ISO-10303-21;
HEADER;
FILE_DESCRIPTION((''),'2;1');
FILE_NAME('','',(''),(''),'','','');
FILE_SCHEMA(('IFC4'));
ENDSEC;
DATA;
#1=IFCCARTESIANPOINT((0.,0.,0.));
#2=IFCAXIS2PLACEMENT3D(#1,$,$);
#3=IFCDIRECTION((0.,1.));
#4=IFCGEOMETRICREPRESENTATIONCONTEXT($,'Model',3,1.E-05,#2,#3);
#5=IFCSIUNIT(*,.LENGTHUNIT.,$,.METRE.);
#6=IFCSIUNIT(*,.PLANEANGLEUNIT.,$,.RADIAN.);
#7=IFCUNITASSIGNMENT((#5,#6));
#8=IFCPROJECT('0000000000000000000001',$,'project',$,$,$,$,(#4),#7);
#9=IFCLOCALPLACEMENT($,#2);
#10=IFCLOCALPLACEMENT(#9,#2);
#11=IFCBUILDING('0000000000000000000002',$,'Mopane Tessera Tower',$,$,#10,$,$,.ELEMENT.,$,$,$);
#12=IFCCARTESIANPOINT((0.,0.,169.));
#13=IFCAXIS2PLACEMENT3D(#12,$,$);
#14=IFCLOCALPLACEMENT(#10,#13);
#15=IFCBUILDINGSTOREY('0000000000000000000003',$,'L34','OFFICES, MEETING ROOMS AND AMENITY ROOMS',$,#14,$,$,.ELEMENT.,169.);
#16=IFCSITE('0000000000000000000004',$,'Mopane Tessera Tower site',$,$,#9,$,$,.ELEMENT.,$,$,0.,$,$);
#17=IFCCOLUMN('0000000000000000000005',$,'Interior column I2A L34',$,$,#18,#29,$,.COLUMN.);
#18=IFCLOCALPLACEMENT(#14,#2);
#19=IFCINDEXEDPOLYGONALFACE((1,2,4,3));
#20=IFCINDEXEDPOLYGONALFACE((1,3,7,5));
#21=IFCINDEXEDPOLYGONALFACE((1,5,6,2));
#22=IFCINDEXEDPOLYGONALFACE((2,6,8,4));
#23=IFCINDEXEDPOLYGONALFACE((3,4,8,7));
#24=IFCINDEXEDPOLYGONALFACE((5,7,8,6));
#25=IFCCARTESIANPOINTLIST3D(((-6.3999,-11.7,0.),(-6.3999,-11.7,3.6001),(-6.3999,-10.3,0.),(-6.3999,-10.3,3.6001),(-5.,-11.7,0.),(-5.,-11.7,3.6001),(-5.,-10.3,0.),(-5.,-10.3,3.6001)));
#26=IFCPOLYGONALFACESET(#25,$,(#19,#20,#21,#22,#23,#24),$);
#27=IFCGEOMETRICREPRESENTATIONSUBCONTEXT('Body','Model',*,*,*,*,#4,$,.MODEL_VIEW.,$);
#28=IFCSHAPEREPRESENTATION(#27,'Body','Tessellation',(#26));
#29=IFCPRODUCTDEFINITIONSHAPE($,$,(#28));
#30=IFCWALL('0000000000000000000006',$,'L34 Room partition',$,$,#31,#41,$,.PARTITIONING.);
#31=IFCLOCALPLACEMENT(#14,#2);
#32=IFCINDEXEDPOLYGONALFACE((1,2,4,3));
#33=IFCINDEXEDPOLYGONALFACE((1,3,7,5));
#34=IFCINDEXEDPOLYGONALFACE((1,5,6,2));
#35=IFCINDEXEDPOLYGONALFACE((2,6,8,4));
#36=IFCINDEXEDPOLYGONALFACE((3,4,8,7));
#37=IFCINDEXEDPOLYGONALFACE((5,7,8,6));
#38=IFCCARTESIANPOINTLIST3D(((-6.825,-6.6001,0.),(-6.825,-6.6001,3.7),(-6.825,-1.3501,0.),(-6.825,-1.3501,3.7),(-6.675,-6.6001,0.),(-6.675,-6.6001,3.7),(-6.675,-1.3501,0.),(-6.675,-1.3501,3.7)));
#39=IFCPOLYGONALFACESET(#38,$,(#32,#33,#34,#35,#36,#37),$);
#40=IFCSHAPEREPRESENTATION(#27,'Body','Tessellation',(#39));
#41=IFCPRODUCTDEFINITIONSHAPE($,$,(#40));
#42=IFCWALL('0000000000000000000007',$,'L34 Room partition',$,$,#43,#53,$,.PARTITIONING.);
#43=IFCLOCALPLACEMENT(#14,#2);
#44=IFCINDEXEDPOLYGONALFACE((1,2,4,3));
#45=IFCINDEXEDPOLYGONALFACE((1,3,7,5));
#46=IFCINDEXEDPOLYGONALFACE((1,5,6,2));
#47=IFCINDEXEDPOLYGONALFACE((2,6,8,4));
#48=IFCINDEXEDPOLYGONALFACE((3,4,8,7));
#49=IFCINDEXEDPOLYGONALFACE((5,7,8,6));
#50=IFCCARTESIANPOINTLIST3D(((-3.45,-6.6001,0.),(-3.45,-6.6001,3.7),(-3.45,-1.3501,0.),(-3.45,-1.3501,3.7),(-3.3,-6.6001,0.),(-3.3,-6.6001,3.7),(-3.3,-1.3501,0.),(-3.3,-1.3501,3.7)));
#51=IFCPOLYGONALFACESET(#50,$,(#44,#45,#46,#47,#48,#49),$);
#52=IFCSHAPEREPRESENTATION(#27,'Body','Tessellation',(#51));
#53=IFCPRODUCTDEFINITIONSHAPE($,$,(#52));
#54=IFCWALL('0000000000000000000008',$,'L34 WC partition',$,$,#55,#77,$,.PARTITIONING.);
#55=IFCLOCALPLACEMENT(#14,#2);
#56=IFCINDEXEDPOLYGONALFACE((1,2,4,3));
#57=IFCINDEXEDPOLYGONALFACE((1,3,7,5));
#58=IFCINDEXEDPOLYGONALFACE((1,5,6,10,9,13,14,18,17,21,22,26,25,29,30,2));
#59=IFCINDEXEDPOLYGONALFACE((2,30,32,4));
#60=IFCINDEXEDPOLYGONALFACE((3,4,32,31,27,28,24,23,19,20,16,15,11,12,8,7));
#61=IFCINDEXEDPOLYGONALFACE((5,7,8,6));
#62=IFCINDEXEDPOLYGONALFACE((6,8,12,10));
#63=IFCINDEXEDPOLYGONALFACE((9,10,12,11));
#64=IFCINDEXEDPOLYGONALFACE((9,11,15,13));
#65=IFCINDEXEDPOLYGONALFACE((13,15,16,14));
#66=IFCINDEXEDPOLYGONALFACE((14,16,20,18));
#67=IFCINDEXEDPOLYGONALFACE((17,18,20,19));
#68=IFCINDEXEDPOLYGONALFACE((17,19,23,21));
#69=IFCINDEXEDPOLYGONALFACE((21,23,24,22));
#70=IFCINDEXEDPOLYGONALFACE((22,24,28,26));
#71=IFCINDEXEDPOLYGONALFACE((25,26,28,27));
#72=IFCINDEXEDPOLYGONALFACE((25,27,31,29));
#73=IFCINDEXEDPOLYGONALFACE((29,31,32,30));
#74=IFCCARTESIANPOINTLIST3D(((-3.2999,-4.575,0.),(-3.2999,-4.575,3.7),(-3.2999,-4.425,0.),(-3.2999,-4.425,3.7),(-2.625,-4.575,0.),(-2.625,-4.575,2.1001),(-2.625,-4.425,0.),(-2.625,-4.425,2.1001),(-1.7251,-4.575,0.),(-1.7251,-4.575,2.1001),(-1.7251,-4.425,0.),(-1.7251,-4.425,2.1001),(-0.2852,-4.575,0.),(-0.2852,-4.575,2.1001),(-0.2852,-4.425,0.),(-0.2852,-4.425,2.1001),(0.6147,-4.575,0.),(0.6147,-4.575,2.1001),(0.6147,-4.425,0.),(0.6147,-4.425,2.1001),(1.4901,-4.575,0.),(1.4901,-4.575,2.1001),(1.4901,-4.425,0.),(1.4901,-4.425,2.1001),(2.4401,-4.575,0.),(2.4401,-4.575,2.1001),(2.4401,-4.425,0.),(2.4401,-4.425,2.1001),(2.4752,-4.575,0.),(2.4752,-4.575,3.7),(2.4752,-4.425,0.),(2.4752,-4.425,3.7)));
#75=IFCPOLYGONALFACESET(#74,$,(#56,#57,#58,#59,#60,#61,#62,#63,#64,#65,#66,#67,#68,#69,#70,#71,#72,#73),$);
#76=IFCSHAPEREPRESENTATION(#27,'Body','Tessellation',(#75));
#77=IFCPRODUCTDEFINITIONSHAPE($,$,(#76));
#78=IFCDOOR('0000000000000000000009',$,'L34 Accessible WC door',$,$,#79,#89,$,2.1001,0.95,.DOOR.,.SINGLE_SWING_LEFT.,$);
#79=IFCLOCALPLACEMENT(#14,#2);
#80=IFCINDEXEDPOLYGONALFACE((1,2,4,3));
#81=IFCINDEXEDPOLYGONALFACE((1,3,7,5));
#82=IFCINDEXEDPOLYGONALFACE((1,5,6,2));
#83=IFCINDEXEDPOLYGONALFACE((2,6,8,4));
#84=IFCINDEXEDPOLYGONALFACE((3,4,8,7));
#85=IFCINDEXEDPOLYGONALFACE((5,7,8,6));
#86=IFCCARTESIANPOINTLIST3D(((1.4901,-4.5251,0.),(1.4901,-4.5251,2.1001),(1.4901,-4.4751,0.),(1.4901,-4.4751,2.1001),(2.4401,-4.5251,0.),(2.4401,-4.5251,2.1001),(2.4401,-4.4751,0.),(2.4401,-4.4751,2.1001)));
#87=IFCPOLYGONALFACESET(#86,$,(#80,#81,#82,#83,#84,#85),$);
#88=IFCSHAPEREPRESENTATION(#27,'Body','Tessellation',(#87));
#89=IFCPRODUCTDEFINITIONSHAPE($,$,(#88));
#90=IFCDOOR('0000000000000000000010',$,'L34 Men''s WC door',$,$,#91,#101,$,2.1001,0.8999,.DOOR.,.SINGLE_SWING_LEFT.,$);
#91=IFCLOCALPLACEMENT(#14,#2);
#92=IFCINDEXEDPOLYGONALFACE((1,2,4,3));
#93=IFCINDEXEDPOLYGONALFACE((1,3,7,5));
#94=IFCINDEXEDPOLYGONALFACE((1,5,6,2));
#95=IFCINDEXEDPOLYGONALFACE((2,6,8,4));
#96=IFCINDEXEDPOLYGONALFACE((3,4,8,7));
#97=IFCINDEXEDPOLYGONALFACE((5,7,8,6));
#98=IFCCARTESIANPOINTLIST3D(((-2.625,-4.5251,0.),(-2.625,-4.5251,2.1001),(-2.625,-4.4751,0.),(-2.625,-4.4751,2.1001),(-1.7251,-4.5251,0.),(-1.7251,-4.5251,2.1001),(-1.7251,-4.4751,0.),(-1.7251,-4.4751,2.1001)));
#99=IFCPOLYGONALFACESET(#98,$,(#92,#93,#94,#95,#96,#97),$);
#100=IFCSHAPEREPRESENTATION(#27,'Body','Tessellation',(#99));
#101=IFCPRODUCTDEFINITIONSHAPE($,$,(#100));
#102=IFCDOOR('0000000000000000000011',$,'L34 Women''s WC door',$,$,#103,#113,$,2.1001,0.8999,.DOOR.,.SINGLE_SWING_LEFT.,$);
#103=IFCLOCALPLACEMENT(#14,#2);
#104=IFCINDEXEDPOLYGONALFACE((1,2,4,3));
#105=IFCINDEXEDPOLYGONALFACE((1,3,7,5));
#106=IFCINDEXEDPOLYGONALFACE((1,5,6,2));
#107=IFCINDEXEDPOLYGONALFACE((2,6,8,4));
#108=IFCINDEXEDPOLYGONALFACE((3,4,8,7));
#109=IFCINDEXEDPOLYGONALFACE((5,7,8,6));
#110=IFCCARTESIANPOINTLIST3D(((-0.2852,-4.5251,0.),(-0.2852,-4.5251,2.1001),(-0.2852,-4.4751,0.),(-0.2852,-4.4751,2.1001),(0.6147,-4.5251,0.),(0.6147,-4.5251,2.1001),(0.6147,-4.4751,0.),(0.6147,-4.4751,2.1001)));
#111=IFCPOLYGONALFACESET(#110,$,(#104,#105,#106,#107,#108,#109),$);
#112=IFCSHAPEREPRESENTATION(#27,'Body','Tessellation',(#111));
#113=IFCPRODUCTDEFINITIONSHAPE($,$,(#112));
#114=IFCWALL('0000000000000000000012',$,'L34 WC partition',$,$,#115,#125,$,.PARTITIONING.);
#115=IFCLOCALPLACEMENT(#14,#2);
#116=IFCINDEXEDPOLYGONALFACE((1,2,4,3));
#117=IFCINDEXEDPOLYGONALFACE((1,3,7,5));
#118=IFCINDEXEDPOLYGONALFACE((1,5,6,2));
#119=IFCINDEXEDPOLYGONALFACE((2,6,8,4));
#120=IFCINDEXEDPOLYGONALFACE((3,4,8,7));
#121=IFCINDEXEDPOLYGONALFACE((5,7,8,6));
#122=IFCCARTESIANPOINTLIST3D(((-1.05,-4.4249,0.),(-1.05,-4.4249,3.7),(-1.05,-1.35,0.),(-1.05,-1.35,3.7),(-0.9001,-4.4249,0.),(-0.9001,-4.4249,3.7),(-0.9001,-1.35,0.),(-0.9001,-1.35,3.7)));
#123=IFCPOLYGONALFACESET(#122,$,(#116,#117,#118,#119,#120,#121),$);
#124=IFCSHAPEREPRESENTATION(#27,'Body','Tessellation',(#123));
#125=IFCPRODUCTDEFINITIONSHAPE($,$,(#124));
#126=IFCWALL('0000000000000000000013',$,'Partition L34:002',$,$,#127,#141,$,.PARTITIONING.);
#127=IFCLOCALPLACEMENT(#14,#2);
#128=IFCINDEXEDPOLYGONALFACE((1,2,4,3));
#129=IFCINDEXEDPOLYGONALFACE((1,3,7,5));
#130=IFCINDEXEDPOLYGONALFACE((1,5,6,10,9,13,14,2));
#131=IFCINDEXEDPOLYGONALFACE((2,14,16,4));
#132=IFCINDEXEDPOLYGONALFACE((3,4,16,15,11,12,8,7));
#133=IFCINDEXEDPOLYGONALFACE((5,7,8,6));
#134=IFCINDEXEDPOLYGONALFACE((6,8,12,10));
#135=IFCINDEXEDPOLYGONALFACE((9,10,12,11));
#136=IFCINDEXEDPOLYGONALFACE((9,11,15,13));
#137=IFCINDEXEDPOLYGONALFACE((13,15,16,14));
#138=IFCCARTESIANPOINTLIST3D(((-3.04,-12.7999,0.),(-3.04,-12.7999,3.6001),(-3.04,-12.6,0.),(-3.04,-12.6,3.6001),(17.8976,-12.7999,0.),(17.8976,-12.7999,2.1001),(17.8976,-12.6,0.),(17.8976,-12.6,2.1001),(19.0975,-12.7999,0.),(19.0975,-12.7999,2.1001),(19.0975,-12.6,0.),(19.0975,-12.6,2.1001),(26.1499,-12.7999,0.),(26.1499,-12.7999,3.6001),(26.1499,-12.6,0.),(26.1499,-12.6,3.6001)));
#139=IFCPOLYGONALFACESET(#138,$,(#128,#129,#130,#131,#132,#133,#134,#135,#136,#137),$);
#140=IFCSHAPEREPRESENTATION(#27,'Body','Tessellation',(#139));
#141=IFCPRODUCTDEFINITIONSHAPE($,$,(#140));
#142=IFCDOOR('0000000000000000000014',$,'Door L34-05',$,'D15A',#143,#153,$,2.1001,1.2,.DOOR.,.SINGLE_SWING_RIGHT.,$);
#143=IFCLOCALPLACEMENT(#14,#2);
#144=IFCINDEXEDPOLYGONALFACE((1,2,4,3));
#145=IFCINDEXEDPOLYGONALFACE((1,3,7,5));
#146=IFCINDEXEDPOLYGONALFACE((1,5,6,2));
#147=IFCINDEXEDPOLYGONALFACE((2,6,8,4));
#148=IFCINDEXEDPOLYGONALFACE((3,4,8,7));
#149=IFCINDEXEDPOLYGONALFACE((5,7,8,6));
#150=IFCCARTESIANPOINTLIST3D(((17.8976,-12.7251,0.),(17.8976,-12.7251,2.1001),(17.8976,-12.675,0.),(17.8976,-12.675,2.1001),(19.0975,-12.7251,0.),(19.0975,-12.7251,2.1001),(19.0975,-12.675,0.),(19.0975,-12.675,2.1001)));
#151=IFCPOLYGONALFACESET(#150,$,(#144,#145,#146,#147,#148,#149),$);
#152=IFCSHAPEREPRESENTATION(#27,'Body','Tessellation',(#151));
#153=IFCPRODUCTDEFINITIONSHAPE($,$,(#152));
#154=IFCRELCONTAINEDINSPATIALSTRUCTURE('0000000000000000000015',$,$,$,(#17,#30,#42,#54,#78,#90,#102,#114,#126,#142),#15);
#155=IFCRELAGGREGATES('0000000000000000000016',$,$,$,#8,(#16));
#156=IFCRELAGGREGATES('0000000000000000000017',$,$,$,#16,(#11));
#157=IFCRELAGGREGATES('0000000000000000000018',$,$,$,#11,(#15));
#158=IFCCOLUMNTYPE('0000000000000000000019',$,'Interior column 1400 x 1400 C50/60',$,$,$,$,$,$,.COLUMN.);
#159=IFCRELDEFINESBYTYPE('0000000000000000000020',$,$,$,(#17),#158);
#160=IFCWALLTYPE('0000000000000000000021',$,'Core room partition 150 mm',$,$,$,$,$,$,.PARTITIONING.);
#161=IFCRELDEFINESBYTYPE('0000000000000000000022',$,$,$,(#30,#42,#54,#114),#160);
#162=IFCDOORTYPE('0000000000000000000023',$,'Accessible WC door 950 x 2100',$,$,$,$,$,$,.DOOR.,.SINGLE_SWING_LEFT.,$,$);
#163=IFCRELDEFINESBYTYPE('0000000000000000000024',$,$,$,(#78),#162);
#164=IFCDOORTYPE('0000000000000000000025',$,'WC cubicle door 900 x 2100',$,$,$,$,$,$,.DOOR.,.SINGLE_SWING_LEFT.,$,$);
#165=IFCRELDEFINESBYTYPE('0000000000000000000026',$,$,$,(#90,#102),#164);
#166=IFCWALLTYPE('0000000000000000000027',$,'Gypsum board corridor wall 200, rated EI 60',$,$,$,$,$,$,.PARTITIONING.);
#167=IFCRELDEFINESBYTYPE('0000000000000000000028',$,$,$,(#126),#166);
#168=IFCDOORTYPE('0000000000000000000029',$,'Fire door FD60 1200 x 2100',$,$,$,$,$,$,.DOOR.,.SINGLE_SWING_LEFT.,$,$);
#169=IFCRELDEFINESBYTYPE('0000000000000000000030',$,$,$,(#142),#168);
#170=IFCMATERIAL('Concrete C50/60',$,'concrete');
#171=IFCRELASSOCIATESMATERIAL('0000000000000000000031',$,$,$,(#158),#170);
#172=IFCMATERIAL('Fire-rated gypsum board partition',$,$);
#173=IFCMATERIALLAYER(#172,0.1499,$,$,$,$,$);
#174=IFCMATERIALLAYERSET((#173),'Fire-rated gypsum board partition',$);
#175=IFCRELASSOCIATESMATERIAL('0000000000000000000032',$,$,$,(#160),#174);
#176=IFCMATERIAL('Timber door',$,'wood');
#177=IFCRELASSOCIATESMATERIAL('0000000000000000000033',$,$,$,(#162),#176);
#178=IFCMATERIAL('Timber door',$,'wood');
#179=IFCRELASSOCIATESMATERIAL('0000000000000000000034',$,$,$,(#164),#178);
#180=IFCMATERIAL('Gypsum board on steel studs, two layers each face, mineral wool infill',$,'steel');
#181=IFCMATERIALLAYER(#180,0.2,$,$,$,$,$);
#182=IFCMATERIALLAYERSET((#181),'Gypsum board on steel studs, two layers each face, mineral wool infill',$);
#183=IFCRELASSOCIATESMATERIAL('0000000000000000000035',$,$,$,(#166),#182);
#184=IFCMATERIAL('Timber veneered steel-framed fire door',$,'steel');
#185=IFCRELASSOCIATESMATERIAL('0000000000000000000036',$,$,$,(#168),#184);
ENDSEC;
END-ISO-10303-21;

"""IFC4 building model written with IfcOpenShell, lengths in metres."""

from ifc_helpers import new_model, si_unit, direction, frame, frame_2d, origin, origin_2d, place, context, subcontext, project, spatial, rectangle, extrude, material, layer, layer_set, material_profile, profile_set, type_object, element, fill, save


model = new_model("IFC4")

# Units and contexts
model_context = context("Model", 3, precision=1e-05, world=origin(), true_north=direction((0.0, 1.0)))
body_context = subcontext(model_context, "Body", "Model", "MODEL_VIEW")
ifc_project = project(units=[si_unit("LENGTHUNIT", "METRE"), si_unit("PLANEANGLEUNIT", "RADIAN")], contexts=[model_context])

# Site, building, storey
site_placement = place(None, origin())
site = spatial("IfcSite", under=ifc_project, at=site_placement, Name="Mopane Tessera Tower site", CompositionType="ELEMENT", RefElevation=0.0)
building_placement = place(site_placement, origin())
building = spatial("IfcBuilding", under=site, at=building_placement, Name="Mopane Tessera Tower", CompositionType="ELEMENT")
storey_placement = place(building_placement, frame((0.0, 0.0, 169.0)))
storey = spatial("IfcBuildingStorey", under=building, at=storey_placement, Name="L34", Description="OFFICES, MEETING ROOMS AND AMENITY ROOMS", CompositionType="ELEMENT", Elevation=169.0)

# Column
ifc_material_1 = material(Name="Concrete C50/60", Category="concrete")
ifc_material_profile = material_profile(ifc_material_1, rectangle(XDim=1.3999, YDim=1.3999, at=origin_2d()))
ifc_profile_set = profile_set([ifc_material_profile], Name="Concrete C50/60")
column_type = type_object("IfcColumnType", Name="Interior column 1400 x 1400 C50/60", PredefinedType="COLUMN", material=ifc_profile_set)
column_placement = place(storey_placement, frame((-5.7, -11.0, 0.0), z_axis=(0.0, 0.0, 1.0), x_axis=(1.0, 0.0, 0.0)))
element("IfcColumn", 1, at=column_placement, inside=storey, type_object=column_type, Name="Interior column I2A L34", PredefinedType="COLUMN", context=body_context, shape_type="SweptSolid", body=[
    extrude(rectangle(XDim=1.3999, YDim=1.3999, at=origin_2d()), origin(), (0.0, 0.0, 1.0), 3.6001),
])

# Walls
ifc_material_2 = material(Name="Fire-rated gypsum board partition")
ifc_layer_1 = layer(ifc_material_2, 0.1499)
ifc_layer_set_1 = layer_set([ifc_layer_1], Name="Fire-rated gypsum board partition")
wall_type_1 = type_object("IfcWallType", Name="Core room partition 150 mm", PredefinedType="PARTITIONING", material=ifc_layer_set_1)
for number, where, z_axis, x_axis, name in (
    (2, (-6.75, -6.6001, 0.0), (0.0, 0.0, 1.0), (0.0, 1.0, 0.0), "L34 Room partition"),
    (3, (-3.375, -6.6001, 0.0), (0.0, 0.0, 1.0), (0.0, 1.0, 0.0), "L34 Room partition"),
):
    element("IfcWall", number, at=place(storey_placement, frame(where, z_axis=z_axis, x_axis=x_axis)), inside=storey, type_object=wall_type_1, Name=name, PredefinedType="PARTITIONING", context=body_context, shape_type="SweptSolid", body=[
        extrude(rectangle(XDim=5.25, YDim=0.1499, at=frame_2d((2.625, 0.0))), origin(), (0.0, 0.0, 1.0), 3.7),
    ])

# Wall, openings, doors
wall_1_placement = place(storey_placement, frame((-3.3, -4.5, 0.0), z_axis=(0.0, 0.0, 1.0), x_axis=(1.0, 0.0, 0.0)))
wall_1 = element("IfcWall", 4, at=wall_1_placement, inside=storey, type_object=wall_type_1, Name="L34 WC partition", PredefinedType="PARTITIONING", context=body_context, shape_type="SweptSolid", body=[
    extrude(rectangle(XDim=5.7751, YDim=0.1499, at=frame_2d((2.8877, 0.0))), origin(), (0.0, 0.0, 1.0), 3.7),
])
opening_1_placement = place(wall_1_placement, frame((0.675, 0.0, 0.0)))
opening_1 = element("IfcOpeningElement", 5, at=opening_1_placement, cuts=wall_1, PredefinedType="OPENING", context=body_context, shape_type="SweptSolid", body=[
    extrude(rectangle(XDim=0.8999, YDim=2.1001, at=frame_2d((0.45, 1.05))), frame((0.0, 0.0869, 0.0), z_axis=(0.0, -1.0, 0.0), x_axis=(1.0, 0.0, 0.0)), (0.0, 0.0, 1.0), 0.1738),
])
opening_2_placement = place(wall_1_placement, frame((3.0149, 0.0, 0.0)))
opening_2 = element("IfcOpeningElement", 6, at=opening_2_placement, cuts=wall_1, PredefinedType="OPENING", context=body_context, shape_type="SweptSolid", body=[
    extrude(rectangle(XDim=0.8999, YDim=2.1001, at=frame_2d((0.45, 1.05))), frame((0.0, 0.0869, 0.0), z_axis=(0.0, -1.0, 0.0), x_axis=(1.0, 0.0, 0.0)), (0.0, 0.0, 1.0), 0.1738),
])
opening_3_placement = place(wall_1_placement, frame((4.79, 0.0, 0.0)))
opening_3 = element("IfcOpeningElement", 7, at=opening_3_placement, cuts=wall_1, PredefinedType="OPENING", context=body_context, shape_type="SweptSolid", body=[
    extrude(rectangle(XDim=0.95, YDim=2.1001, at=frame_2d((0.4751, 1.05))), frame((0.0, 0.0869, 0.0), z_axis=(0.0, -1.0, 0.0), x_axis=(1.0, 0.0, 0.0)), (0.0, 0.0, 1.0), 0.1738),
])
ifc_material_3 = material(Name="Timber door", Category="wood")
door_type_1 = type_object("IfcDoorType", Name="Accessible WC door 950 x 2100", OperationType="SINGLE_SWING_LEFT", PredefinedType="DOOR", material=ifc_material_3)
door_1_placement = place(opening_3_placement, origin())
door_1 = element("IfcDoor", 8, at=door_1_placement, inside=storey, type_object=door_type_1, Name="L34 Accessible WC door", OperationType="SINGLE_SWING_LEFT", OverallHeight=2.1001, OverallWidth=0.95, PredefinedType="DOOR", context=body_context, shape_type="SweptSolid", body=[
    extrude(rectangle(XDim=0.95, YDim=2.1001, at=frame_2d((0.4751, 1.05))), frame((0.0, 0.0249, 0.0), z_axis=(0.0, -1.0, 0.0), x_axis=(1.0, 0.0, 0.0)), (0.0, 0.0, 1.0), 0.05),
])
fill(opening_3, door_1)
ifc_material_4 = material(Name="Timber door", Category="wood")
door_type_2 = type_object("IfcDoorType", Name="WC cubicle door 900 x 2100", OperationType="SINGLE_SWING_LEFT", PredefinedType="DOOR", material=ifc_material_4)
door_2_placement = place(opening_1_placement, origin())
door_2 = element("IfcDoor", 9, at=door_2_placement, inside=storey, type_object=door_type_2, Name="L34 Men's WC door", OperationType="SINGLE_SWING_LEFT", OverallHeight=2.1001, OverallWidth=0.8999, PredefinedType="DOOR", context=body_context, shape_type="SweptSolid", body=[
    extrude(rectangle(XDim=0.8999, YDim=2.1001, at=frame_2d((0.45, 1.05))), frame((0.0, 0.0249, 0.0), z_axis=(0.0, -1.0, 0.0), x_axis=(1.0, 0.0, 0.0)), (0.0, 0.0, 1.0), 0.05),
])
fill(opening_1, door_2)
door_3_placement = place(opening_2_placement, origin())
door_3 = element("IfcDoor", 10, at=door_3_placement, inside=storey, type_object=door_type_2, Name="L34 Women's WC door", OperationType="SINGLE_SWING_LEFT", OverallHeight=2.1001, OverallWidth=0.8999, PredefinedType="DOOR", context=body_context, shape_type="SweptSolid", body=[
    extrude(rectangle(XDim=0.8999, YDim=2.1001, at=frame_2d((0.45, 1.05))), frame((0.0, 0.0249, 0.0), z_axis=(0.0, -1.0, 0.0), x_axis=(1.0, 0.0, 0.0)), (0.0, 0.0, 1.0), 0.05),
])
fill(opening_2, door_3)

# Wall
wall_2_placement = place(storey_placement, frame((-0.9751, -4.425, 0.0), z_axis=(0.0, 0.0, 1.0), x_axis=(0.0, 1.0, 0.0)))
element("IfcWall", 11, at=wall_2_placement, inside=storey, type_object=wall_type_1, Name="L34 WC partition", PredefinedType="PARTITIONING", context=body_context, shape_type="SweptSolid", body=[
    extrude(rectangle(XDim=3.075, YDim=0.1499, at=frame_2d((1.5376, 0.0))), origin(), (0.0, 0.0, 1.0), 3.7),
])

# Wall, opening, door
ifc_material_5 = material(Name="Gypsum board on steel studs, two layers each face, mineral wool infill", Category="steel")
ifc_layer_2 = layer(ifc_material_5, 0.2)
ifc_layer_set_2 = layer_set([ifc_layer_2], Name="Gypsum board on steel studs, two layers each face, mineral wool infill")
wall_type_2 = type_object("IfcWallType", Name="Gypsum board corridor wall 200, rated EI 60", PredefinedType="PARTITIONING", material=ifc_layer_set_2)
wall_3_placement = place(storey_placement, frame((-3.04, -12.7, 0.0), z_axis=(0.0, 0.0, 1.0), x_axis=(1.0, 0.0, 0.0)))
wall_3 = element("IfcWall", 12, at=wall_3_placement, inside=storey, type_object=wall_type_2, Name="Partition L34:002", PredefinedType="PARTITIONING", context=body_context, shape_type="SweptSolid", body=[
    extrude(rectangle(XDim=29.1899, YDim=0.2, at=frame_2d((14.595, 0.0))), origin(), (0.0, 0.0, 1.0), 3.6001),
])
opening_4_placement = place(wall_3_placement, frame((20.9375, 0.0, 0.0)))
opening_4 = element("IfcOpeningElement", 13, at=opening_4_placement, cuts=wall_3, PredefinedType="OPENING", context=body_context, shape_type="SweptSolid", body=[
    extrude(rectangle(XDim=1.2, YDim=2.1001, at=frame_2d((0.6001, 1.05))), frame((0.0, 0.1121, 0.0), z_axis=(0.0, -1.0, 0.0), x_axis=(1.0, 0.0, 0.0)), (0.0, 0.0, 1.0), 0.2239),
])
ifc_material_6 = material(Name="Timber veneered steel-framed fire door", Category="steel")
door_type_3 = type_object("IfcDoorType", Name="Fire door FD60 1200 x 2100", OperationType="SINGLE_SWING_LEFT", PredefinedType="DOOR", material=ifc_material_6)
door_4_placement = place(opening_4_placement, origin())
door_4 = element("IfcDoor", 14, at=door_4_placement, inside=storey, type_object=door_type_3, Name="Door L34-05", ObjectType="D15A", OperationType="SINGLE_SWING_RIGHT", OverallHeight=2.1001, OverallWidth=1.2, PredefinedType="DOOR", context=body_context, shape_type="SweptSolid", body=[
    extrude(rectangle(XDim=1.2, YDim=2.1001, at=frame_2d((0.6001, 1.05))), frame((0.0, 0.0249, 0.0), z_axis=(0.0, -1.0, 0.0), x_axis=(1.0, 0.0, 0.0)), (0.0, 0.0, 1.0), 0.05),
])
fill(opening_4, door_4)

save(model, "model.ifc")
